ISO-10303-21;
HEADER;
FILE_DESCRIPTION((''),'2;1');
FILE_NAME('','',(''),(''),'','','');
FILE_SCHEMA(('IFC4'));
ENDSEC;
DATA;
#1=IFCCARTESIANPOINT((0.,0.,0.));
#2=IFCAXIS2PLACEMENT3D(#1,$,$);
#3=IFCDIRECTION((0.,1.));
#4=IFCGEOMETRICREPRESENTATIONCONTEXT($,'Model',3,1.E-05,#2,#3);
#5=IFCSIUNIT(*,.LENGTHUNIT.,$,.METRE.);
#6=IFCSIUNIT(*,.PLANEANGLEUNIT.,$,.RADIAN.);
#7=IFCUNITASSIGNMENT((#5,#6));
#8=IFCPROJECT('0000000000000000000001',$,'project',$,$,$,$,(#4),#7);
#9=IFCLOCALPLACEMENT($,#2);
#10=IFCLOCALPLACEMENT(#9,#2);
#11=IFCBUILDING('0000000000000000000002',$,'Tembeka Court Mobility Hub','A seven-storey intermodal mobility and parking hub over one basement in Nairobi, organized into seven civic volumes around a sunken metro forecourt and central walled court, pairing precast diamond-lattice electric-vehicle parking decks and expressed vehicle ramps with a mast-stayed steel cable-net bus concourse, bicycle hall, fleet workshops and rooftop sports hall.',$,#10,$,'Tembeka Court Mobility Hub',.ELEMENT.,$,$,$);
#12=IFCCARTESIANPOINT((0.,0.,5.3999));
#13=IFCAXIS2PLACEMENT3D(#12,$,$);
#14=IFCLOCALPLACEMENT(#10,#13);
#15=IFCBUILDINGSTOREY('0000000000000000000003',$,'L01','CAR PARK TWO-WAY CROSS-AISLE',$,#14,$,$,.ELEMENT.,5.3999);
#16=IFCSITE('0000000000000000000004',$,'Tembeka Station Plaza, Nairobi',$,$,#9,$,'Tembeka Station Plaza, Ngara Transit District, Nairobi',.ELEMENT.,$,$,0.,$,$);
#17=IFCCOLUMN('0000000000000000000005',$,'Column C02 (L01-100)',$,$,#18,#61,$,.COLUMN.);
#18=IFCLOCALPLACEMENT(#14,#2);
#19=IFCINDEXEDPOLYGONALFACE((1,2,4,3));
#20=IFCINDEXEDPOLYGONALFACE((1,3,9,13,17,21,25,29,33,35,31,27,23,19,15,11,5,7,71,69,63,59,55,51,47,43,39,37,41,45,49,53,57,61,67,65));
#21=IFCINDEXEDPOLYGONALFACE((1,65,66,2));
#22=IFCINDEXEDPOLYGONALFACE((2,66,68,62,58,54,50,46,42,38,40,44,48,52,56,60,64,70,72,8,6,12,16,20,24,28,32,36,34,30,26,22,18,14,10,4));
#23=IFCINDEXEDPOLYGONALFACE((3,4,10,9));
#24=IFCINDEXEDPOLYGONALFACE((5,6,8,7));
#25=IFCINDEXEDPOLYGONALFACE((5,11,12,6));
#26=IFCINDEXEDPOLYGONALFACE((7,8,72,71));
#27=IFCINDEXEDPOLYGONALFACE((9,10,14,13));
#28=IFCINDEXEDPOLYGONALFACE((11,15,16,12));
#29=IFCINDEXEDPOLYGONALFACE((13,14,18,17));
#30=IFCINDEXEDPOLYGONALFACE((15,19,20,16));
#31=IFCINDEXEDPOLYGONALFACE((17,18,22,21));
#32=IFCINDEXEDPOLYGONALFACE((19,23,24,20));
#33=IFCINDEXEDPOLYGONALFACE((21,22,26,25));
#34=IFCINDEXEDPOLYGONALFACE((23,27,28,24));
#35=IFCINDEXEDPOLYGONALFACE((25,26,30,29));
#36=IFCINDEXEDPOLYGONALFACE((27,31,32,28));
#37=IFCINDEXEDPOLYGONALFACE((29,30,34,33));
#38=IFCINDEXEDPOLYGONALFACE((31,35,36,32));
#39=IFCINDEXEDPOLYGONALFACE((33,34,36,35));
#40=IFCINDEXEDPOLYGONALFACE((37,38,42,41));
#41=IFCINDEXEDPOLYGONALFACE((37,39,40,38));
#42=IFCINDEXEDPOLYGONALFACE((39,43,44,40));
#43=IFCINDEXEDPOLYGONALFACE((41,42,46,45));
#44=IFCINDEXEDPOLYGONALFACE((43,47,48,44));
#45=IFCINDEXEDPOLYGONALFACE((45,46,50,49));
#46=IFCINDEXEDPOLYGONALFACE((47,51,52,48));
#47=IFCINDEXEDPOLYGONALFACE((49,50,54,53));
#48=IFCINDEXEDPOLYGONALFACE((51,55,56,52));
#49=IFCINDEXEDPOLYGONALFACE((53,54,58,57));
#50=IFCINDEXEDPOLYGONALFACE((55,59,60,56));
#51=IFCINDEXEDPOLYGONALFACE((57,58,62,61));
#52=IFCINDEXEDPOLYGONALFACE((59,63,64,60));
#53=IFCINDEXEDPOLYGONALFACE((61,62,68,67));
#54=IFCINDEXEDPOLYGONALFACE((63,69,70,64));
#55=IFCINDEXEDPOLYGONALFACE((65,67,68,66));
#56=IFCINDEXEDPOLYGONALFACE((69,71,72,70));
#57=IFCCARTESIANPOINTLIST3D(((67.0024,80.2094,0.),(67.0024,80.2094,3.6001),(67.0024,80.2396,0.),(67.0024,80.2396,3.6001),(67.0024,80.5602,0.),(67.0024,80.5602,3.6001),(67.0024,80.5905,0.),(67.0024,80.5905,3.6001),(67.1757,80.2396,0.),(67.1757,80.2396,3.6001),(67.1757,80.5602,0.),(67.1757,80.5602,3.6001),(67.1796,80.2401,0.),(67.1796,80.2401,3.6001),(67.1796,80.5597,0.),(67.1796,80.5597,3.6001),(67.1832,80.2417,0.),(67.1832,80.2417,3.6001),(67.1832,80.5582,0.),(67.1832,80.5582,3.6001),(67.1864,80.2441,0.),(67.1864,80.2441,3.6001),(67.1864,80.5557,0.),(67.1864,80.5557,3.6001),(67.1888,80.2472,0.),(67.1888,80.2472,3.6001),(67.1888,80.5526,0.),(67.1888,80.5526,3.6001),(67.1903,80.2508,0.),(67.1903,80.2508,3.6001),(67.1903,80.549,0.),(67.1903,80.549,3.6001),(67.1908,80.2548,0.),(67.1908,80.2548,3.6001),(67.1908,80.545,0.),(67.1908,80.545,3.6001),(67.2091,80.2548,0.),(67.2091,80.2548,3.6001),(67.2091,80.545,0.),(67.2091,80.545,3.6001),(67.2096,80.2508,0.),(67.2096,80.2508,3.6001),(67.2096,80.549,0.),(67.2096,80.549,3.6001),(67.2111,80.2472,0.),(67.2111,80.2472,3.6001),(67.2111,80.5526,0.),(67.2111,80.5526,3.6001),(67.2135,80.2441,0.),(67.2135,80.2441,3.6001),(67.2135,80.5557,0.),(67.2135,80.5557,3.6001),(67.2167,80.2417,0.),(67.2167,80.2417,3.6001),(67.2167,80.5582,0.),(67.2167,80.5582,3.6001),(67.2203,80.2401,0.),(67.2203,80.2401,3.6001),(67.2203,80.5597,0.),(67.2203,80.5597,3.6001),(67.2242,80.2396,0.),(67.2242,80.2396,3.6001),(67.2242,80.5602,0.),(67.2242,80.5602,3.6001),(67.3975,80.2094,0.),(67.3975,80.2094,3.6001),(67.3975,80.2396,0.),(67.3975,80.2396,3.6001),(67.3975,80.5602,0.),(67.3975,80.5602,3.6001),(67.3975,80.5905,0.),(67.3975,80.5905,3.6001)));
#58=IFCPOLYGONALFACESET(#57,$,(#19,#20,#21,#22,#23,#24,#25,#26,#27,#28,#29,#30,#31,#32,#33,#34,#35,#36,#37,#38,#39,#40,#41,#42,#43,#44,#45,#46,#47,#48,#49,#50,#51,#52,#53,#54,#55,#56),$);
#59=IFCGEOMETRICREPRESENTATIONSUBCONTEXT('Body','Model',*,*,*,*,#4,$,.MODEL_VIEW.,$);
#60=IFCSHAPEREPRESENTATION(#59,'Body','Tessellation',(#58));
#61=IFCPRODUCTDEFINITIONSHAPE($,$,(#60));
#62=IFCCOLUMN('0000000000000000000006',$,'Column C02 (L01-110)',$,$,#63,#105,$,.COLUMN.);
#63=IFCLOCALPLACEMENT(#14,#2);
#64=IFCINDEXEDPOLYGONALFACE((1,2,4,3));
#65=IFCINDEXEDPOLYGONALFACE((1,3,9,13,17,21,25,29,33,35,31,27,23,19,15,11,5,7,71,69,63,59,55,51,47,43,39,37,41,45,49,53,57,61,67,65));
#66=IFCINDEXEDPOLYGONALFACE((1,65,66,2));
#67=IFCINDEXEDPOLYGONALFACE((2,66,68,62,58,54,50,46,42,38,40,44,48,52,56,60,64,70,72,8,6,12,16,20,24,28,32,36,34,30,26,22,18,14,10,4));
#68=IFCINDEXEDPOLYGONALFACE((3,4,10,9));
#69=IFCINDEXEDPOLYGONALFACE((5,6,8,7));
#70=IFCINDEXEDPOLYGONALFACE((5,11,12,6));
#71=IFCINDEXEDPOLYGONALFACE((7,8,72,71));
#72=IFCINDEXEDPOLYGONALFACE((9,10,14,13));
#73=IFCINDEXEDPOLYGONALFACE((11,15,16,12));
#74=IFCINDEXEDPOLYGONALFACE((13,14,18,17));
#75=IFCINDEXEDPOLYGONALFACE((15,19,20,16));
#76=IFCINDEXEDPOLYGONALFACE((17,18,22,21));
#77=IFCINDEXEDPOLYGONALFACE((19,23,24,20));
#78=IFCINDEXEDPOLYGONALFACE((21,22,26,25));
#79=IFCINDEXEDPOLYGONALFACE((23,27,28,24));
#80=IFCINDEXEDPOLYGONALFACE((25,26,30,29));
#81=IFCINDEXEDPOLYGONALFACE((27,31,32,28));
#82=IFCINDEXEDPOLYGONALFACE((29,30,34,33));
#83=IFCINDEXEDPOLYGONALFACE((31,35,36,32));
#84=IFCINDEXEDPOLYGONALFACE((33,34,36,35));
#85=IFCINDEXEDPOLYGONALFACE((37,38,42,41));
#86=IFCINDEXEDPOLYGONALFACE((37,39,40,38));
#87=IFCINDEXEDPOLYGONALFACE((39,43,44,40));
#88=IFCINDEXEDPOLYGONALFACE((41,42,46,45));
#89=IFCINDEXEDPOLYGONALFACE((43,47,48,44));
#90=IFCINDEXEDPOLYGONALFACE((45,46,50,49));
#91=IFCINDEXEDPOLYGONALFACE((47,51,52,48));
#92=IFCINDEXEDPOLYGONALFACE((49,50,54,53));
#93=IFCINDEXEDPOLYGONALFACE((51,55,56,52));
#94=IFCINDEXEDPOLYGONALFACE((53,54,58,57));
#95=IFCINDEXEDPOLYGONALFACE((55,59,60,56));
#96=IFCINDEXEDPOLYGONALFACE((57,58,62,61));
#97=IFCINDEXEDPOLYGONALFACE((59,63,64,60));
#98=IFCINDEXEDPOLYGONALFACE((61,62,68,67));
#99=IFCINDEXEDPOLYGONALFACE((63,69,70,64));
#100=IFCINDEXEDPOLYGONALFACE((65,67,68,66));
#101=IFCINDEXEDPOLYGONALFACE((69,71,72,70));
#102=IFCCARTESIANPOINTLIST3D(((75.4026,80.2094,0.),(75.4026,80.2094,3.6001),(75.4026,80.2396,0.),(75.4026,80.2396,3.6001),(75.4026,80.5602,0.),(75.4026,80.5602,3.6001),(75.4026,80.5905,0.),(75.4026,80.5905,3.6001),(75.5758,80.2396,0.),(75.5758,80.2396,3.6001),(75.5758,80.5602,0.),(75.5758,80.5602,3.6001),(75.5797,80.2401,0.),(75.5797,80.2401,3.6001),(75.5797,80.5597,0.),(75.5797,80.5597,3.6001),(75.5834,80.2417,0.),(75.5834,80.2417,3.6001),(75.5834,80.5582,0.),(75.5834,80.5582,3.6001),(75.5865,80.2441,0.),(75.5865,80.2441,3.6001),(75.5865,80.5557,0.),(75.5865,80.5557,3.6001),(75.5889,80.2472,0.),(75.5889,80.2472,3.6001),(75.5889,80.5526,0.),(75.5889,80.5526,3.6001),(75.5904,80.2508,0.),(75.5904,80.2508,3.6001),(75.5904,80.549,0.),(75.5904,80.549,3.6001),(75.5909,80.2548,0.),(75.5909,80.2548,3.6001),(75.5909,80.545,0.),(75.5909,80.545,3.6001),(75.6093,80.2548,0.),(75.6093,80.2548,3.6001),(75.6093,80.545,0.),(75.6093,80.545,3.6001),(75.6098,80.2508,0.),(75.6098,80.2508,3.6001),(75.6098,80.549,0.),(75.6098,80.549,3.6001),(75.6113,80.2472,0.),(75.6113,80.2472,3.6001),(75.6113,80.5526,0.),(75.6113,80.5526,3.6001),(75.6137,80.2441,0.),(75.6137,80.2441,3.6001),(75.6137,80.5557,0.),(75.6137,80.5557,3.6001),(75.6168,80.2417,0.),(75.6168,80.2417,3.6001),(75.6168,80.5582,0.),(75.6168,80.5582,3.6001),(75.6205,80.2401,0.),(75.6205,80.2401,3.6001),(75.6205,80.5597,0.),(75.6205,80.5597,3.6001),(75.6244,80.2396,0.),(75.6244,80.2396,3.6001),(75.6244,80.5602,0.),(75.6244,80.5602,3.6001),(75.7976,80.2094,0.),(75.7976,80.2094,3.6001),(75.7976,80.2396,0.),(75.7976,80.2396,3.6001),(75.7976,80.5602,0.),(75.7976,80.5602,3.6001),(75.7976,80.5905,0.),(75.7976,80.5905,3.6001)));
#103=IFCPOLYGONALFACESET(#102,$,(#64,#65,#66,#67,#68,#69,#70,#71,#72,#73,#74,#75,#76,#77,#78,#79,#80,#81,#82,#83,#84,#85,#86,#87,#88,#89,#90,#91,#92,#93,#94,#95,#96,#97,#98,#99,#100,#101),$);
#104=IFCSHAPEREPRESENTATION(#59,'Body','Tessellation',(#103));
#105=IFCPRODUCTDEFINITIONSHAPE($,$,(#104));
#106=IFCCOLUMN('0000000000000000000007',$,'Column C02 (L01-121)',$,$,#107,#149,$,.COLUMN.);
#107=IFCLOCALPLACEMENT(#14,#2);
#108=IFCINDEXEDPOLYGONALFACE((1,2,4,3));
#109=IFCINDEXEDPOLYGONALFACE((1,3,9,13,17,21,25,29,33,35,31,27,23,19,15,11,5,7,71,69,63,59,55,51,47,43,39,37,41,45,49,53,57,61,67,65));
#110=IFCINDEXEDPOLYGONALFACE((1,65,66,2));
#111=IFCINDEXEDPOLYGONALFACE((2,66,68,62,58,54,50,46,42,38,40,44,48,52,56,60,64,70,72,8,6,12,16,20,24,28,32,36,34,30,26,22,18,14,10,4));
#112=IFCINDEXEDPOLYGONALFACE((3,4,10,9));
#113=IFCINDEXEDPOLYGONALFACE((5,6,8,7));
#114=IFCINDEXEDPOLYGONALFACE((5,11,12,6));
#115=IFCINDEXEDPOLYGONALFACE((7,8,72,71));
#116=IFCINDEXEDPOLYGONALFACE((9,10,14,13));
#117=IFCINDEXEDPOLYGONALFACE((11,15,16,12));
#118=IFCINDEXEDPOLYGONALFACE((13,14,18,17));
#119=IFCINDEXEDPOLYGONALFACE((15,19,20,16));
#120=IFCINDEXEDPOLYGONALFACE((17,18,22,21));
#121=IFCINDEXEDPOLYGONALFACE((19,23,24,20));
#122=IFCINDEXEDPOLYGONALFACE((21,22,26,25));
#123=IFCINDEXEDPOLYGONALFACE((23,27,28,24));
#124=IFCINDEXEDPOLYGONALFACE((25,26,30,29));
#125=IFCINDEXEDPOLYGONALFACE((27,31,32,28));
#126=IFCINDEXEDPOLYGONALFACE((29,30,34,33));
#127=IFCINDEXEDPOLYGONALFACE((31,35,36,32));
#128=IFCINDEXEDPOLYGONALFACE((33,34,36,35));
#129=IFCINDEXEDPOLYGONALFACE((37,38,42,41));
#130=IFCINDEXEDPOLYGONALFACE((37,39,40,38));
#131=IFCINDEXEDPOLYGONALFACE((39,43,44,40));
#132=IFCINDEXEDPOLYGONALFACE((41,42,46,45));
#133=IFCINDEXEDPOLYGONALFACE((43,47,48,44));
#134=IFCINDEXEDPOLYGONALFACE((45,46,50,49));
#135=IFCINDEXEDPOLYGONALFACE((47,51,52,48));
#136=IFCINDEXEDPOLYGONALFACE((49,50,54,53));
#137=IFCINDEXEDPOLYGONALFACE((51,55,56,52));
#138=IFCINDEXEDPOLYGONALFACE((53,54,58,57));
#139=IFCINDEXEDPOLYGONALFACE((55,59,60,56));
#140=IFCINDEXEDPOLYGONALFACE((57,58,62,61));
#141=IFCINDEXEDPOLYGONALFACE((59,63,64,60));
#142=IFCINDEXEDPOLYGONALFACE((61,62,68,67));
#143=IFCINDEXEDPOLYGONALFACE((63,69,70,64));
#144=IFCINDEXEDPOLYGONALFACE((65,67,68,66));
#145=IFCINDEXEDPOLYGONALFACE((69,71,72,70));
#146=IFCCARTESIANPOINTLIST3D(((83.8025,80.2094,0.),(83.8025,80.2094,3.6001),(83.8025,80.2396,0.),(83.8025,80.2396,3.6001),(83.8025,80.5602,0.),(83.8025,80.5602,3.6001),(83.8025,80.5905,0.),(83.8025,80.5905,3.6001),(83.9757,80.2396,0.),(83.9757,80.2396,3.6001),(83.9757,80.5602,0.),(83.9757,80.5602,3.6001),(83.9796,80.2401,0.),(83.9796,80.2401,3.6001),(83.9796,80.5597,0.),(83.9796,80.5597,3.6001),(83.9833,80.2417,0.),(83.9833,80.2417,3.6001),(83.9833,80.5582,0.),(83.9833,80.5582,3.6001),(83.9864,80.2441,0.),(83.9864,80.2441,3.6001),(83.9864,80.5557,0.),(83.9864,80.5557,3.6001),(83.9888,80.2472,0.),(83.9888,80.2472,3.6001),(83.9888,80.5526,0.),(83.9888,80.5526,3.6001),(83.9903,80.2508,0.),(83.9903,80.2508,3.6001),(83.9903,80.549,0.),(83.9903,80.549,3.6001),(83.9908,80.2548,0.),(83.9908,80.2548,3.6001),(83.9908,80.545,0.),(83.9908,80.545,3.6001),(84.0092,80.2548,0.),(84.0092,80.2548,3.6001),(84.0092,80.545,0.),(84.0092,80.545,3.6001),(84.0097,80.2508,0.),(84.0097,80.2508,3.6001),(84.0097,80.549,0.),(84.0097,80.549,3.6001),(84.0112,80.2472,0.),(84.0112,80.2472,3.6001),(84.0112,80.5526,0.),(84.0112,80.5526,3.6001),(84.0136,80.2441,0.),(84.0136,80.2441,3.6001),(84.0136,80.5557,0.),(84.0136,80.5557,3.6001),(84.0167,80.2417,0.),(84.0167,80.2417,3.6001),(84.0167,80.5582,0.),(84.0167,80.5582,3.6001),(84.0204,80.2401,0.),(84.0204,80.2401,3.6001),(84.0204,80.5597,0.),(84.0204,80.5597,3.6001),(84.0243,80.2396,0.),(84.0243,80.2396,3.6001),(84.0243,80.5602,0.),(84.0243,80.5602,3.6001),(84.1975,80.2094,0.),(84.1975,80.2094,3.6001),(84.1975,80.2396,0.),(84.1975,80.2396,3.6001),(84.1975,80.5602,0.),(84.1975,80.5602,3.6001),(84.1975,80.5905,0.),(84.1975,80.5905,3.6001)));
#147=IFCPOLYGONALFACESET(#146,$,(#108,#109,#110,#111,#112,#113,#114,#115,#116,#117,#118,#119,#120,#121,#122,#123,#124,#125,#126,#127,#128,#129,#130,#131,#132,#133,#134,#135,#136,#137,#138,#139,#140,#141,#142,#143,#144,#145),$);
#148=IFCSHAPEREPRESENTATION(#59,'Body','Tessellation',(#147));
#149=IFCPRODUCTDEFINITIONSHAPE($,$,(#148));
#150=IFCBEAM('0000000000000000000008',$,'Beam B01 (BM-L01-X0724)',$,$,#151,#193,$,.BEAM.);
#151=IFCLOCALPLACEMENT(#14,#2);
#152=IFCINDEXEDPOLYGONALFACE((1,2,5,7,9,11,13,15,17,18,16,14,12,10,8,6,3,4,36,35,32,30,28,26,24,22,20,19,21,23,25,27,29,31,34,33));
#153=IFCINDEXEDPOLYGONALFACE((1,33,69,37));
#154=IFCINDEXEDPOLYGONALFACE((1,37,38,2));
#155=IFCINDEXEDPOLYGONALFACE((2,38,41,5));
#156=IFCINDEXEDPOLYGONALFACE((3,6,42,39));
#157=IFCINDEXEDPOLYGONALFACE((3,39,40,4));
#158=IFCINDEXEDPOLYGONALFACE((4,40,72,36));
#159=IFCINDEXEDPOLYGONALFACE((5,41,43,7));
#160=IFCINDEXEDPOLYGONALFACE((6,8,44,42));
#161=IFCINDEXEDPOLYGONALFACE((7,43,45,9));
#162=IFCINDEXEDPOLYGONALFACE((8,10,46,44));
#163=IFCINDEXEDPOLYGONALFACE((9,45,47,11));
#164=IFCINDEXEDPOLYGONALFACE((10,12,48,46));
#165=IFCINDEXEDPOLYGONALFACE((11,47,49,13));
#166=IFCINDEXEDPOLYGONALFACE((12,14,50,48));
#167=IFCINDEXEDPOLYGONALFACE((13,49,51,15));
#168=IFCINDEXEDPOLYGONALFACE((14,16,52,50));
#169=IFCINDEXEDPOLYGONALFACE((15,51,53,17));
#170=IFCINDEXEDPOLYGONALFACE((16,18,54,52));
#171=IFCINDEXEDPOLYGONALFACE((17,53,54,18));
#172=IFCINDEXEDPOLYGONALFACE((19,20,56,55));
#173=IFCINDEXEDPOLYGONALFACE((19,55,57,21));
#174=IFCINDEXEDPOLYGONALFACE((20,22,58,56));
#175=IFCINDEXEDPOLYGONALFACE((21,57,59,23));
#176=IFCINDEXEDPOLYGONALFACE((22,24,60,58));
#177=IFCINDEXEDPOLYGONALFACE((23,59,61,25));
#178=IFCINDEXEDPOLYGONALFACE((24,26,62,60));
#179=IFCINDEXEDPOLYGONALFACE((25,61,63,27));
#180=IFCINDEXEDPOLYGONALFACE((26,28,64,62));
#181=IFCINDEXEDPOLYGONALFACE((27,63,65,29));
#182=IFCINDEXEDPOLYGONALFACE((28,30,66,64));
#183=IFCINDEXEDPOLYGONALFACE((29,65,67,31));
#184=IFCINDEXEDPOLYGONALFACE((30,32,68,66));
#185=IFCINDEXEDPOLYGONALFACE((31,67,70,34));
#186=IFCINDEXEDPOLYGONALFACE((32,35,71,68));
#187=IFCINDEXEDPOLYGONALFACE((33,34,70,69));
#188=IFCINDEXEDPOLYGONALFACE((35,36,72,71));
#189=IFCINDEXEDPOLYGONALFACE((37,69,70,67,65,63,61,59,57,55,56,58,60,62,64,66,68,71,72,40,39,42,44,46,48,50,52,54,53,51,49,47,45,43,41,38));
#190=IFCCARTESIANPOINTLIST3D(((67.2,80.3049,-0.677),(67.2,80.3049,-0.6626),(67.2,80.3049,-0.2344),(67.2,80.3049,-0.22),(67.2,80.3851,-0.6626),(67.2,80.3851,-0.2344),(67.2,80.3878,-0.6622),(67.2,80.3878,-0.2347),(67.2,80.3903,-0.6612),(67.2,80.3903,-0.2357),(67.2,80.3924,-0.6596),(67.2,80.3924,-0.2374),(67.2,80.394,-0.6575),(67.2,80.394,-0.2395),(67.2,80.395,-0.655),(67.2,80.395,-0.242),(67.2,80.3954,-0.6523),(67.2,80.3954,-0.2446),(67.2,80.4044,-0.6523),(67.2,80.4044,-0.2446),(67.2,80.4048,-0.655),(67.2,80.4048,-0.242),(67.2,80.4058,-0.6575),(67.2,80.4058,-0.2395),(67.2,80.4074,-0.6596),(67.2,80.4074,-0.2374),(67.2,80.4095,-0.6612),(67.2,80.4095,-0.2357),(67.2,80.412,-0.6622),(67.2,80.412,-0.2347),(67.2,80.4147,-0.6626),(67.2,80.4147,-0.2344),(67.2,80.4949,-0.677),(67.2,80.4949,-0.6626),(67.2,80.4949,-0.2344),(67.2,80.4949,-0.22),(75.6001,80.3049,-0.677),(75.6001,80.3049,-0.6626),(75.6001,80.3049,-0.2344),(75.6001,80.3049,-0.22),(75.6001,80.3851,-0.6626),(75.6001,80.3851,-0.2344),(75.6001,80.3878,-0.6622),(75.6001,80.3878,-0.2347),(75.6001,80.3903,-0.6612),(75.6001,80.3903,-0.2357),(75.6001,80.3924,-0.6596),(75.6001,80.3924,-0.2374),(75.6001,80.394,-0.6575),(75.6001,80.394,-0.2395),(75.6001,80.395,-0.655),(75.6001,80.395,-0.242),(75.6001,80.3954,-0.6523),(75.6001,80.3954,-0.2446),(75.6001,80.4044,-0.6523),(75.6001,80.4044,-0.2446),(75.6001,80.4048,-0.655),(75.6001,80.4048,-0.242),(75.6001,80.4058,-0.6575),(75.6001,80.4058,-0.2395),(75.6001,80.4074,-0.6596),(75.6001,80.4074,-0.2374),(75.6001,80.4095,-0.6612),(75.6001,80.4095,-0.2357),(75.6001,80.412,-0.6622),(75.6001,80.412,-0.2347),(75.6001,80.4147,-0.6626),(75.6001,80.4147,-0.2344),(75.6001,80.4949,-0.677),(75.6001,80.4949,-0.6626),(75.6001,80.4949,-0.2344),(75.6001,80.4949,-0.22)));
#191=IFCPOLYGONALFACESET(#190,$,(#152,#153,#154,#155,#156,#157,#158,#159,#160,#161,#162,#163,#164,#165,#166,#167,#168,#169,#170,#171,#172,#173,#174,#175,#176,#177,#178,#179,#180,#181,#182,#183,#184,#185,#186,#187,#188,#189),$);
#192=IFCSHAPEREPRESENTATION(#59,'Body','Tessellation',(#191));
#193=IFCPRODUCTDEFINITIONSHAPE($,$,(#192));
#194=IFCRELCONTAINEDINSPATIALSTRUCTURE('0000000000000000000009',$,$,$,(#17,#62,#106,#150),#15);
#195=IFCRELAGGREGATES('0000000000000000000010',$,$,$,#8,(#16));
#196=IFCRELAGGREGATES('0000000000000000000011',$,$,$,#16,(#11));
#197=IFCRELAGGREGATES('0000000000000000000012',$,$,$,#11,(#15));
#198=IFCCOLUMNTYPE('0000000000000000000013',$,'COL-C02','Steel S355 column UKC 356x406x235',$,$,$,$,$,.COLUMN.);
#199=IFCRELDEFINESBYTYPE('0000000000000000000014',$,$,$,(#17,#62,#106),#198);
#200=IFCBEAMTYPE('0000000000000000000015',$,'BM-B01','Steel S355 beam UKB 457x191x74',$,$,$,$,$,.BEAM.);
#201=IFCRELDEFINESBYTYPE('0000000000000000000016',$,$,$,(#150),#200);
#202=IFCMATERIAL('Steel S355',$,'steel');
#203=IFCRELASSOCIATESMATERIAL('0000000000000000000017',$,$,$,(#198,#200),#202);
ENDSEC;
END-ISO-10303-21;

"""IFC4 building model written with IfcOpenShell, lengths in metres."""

from ifc_helpers import new_model, si_unit, direction, frame, origin, origin_2d, place, context, subcontext, project, spatial, i_section, extrude, material, material_profile, profile_set, type_object, element, save


model = new_model("IFC4")

# Units and contexts
model_context = context("Model", 3, precision=1e-05, world=origin(), true_north=direction((0.0, 1.0)))
body_context = subcontext(model_context, "Body", "Model", "MODEL_VIEW")
ifc_project = project(units=[si_unit("LENGTHUNIT", "METRE"), si_unit("PLANEANGLEUNIT", "RADIAN")], contexts=[model_context])

# Site, building, storey
site_placement = place(None, origin())
site = spatial("IfcSite", under=ifc_project, at=site_placement, Name="Tembeka Station Plaza, Nairobi", LongName="Tembeka Station Plaza, Ngara Transit District, Nairobi", CompositionType="ELEMENT", RefElevation=0.0)
building_placement = place(site_placement, origin())
building = spatial("IfcBuilding", under=site, at=building_placement, Name="Tembeka Court Mobility Hub", Description="A seven-storey intermodal mobility and parking hub over one basement in Nairobi, organized into seven civic volumes around a sunken metro forecourt and central walled court, pairing precast diamond-lattice electric-vehicle parking decks and expressed vehicle ramps with a mast-stayed steel cable-net bus concourse, bicycle hall, fleet workshops and rooftop sports hall.", LongName="Tembeka Court Mobility Hub", CompositionType="ELEMENT")
storey_placement = place(building_placement, frame((0.0, 0.0, 5.3999)))
storey = spatial("IfcBuildingStorey", under=building, at=storey_placement, Name="L01", Description="CAR PARK TWO-WAY CROSS-AISLE", CompositionType="ELEMENT", Elevation=5.3999)

# Columns
ifc_material = material(Name="Steel S355", Category="steel")
ifc_material_profile_1 = material_profile(ifc_material, i_section(OverallWidth=0.395, OverallDepth=0.3811, WebThickness=0.0183, FlangeThickness=0.0303, FilletRadius=0.0151, at=origin_2d()), Name="UKC 356x406x235")
ifc_profile_set_1 = profile_set([ifc_material_profile_1], Name="Steel S355")
column_type = type_object("IfcColumnType", Name="COL-C02", Description="Steel S355 column UKC 356x406x235", PredefinedType="COLUMN", material=ifc_profile_set_1)
for number, where, z_axis, x_axis, name in (
    (1, (67.2, 80.3999, 0.0), (0.0, 0.0, 1.0), (1.0, 0.0, 0.0), "Column C02 (L01-100)"),
    (2, (75.6001, 80.3999, 0.0), (0.0, 0.0, 1.0), (1.0, 0.0, 0.0), "Column C02 (L01-110)"),
    (3, (84.0, 80.3999, 0.0), (0.0, 0.0, 1.0), (1.0, 0.0, 0.0), "Column C02 (L01-121)"),
):
    element("IfcColumn", number, at=place(storey_placement, frame(where, z_axis=z_axis, x_axis=x_axis)), inside=storey, type_object=column_type, Name=name, PredefinedType="COLUMN", context=body_context, shape_type="SweptSolid", body=[
        extrude(i_section(OverallWidth=0.395, OverallDepth=0.3811, WebThickness=0.0183, FlangeThickness=0.0303, FilletRadius=0.0151, at=origin_2d()), origin(), (0.0, 0.0, 1.0), 3.6001),
    ])

# Beam
ifc_material_profile_2 = material_profile(ifc_material, i_section(OverallWidth=0.1899, OverallDepth=0.457, WebThickness=0.009, FlangeThickness=0.0144, FilletRadius=0.0103, at=origin_2d()), Name="UKB 457x191x74")
ifc_profile_set_2 = profile_set([ifc_material_profile_2], Name="Steel S355")
beam_type_1 = type_object("IfcBeamType", Name="BM-B01", Description="Steel S355 beam UKB 457x191x74", PredefinedType="BEAM", material=ifc_profile_set_2)
beam_1_placement = place(storey_placement, frame((67.2, 80.3999, -0.4485), z_axis=(1.0, 0.0, 0.0), x_axis=(0.0, 1.0, 0.0)))
element("IfcBeam", 4, at=beam_1_placement, inside=storey, type_object=beam_type_1, Name="Beam B01 (BM-L01-X0724)", PredefinedType="BEAM", context=body_context, shape_type="SweptSolid", body=[
    extrude(i_section(OverallWidth=0.1899, OverallDepth=0.457, WebThickness=0.009, FlangeThickness=0.0144, FilletRadius=0.0103, at=origin_2d()), origin(), (0.0, 0.0, 1.0), 8.4001),
])

save(model, "model.ifc")
